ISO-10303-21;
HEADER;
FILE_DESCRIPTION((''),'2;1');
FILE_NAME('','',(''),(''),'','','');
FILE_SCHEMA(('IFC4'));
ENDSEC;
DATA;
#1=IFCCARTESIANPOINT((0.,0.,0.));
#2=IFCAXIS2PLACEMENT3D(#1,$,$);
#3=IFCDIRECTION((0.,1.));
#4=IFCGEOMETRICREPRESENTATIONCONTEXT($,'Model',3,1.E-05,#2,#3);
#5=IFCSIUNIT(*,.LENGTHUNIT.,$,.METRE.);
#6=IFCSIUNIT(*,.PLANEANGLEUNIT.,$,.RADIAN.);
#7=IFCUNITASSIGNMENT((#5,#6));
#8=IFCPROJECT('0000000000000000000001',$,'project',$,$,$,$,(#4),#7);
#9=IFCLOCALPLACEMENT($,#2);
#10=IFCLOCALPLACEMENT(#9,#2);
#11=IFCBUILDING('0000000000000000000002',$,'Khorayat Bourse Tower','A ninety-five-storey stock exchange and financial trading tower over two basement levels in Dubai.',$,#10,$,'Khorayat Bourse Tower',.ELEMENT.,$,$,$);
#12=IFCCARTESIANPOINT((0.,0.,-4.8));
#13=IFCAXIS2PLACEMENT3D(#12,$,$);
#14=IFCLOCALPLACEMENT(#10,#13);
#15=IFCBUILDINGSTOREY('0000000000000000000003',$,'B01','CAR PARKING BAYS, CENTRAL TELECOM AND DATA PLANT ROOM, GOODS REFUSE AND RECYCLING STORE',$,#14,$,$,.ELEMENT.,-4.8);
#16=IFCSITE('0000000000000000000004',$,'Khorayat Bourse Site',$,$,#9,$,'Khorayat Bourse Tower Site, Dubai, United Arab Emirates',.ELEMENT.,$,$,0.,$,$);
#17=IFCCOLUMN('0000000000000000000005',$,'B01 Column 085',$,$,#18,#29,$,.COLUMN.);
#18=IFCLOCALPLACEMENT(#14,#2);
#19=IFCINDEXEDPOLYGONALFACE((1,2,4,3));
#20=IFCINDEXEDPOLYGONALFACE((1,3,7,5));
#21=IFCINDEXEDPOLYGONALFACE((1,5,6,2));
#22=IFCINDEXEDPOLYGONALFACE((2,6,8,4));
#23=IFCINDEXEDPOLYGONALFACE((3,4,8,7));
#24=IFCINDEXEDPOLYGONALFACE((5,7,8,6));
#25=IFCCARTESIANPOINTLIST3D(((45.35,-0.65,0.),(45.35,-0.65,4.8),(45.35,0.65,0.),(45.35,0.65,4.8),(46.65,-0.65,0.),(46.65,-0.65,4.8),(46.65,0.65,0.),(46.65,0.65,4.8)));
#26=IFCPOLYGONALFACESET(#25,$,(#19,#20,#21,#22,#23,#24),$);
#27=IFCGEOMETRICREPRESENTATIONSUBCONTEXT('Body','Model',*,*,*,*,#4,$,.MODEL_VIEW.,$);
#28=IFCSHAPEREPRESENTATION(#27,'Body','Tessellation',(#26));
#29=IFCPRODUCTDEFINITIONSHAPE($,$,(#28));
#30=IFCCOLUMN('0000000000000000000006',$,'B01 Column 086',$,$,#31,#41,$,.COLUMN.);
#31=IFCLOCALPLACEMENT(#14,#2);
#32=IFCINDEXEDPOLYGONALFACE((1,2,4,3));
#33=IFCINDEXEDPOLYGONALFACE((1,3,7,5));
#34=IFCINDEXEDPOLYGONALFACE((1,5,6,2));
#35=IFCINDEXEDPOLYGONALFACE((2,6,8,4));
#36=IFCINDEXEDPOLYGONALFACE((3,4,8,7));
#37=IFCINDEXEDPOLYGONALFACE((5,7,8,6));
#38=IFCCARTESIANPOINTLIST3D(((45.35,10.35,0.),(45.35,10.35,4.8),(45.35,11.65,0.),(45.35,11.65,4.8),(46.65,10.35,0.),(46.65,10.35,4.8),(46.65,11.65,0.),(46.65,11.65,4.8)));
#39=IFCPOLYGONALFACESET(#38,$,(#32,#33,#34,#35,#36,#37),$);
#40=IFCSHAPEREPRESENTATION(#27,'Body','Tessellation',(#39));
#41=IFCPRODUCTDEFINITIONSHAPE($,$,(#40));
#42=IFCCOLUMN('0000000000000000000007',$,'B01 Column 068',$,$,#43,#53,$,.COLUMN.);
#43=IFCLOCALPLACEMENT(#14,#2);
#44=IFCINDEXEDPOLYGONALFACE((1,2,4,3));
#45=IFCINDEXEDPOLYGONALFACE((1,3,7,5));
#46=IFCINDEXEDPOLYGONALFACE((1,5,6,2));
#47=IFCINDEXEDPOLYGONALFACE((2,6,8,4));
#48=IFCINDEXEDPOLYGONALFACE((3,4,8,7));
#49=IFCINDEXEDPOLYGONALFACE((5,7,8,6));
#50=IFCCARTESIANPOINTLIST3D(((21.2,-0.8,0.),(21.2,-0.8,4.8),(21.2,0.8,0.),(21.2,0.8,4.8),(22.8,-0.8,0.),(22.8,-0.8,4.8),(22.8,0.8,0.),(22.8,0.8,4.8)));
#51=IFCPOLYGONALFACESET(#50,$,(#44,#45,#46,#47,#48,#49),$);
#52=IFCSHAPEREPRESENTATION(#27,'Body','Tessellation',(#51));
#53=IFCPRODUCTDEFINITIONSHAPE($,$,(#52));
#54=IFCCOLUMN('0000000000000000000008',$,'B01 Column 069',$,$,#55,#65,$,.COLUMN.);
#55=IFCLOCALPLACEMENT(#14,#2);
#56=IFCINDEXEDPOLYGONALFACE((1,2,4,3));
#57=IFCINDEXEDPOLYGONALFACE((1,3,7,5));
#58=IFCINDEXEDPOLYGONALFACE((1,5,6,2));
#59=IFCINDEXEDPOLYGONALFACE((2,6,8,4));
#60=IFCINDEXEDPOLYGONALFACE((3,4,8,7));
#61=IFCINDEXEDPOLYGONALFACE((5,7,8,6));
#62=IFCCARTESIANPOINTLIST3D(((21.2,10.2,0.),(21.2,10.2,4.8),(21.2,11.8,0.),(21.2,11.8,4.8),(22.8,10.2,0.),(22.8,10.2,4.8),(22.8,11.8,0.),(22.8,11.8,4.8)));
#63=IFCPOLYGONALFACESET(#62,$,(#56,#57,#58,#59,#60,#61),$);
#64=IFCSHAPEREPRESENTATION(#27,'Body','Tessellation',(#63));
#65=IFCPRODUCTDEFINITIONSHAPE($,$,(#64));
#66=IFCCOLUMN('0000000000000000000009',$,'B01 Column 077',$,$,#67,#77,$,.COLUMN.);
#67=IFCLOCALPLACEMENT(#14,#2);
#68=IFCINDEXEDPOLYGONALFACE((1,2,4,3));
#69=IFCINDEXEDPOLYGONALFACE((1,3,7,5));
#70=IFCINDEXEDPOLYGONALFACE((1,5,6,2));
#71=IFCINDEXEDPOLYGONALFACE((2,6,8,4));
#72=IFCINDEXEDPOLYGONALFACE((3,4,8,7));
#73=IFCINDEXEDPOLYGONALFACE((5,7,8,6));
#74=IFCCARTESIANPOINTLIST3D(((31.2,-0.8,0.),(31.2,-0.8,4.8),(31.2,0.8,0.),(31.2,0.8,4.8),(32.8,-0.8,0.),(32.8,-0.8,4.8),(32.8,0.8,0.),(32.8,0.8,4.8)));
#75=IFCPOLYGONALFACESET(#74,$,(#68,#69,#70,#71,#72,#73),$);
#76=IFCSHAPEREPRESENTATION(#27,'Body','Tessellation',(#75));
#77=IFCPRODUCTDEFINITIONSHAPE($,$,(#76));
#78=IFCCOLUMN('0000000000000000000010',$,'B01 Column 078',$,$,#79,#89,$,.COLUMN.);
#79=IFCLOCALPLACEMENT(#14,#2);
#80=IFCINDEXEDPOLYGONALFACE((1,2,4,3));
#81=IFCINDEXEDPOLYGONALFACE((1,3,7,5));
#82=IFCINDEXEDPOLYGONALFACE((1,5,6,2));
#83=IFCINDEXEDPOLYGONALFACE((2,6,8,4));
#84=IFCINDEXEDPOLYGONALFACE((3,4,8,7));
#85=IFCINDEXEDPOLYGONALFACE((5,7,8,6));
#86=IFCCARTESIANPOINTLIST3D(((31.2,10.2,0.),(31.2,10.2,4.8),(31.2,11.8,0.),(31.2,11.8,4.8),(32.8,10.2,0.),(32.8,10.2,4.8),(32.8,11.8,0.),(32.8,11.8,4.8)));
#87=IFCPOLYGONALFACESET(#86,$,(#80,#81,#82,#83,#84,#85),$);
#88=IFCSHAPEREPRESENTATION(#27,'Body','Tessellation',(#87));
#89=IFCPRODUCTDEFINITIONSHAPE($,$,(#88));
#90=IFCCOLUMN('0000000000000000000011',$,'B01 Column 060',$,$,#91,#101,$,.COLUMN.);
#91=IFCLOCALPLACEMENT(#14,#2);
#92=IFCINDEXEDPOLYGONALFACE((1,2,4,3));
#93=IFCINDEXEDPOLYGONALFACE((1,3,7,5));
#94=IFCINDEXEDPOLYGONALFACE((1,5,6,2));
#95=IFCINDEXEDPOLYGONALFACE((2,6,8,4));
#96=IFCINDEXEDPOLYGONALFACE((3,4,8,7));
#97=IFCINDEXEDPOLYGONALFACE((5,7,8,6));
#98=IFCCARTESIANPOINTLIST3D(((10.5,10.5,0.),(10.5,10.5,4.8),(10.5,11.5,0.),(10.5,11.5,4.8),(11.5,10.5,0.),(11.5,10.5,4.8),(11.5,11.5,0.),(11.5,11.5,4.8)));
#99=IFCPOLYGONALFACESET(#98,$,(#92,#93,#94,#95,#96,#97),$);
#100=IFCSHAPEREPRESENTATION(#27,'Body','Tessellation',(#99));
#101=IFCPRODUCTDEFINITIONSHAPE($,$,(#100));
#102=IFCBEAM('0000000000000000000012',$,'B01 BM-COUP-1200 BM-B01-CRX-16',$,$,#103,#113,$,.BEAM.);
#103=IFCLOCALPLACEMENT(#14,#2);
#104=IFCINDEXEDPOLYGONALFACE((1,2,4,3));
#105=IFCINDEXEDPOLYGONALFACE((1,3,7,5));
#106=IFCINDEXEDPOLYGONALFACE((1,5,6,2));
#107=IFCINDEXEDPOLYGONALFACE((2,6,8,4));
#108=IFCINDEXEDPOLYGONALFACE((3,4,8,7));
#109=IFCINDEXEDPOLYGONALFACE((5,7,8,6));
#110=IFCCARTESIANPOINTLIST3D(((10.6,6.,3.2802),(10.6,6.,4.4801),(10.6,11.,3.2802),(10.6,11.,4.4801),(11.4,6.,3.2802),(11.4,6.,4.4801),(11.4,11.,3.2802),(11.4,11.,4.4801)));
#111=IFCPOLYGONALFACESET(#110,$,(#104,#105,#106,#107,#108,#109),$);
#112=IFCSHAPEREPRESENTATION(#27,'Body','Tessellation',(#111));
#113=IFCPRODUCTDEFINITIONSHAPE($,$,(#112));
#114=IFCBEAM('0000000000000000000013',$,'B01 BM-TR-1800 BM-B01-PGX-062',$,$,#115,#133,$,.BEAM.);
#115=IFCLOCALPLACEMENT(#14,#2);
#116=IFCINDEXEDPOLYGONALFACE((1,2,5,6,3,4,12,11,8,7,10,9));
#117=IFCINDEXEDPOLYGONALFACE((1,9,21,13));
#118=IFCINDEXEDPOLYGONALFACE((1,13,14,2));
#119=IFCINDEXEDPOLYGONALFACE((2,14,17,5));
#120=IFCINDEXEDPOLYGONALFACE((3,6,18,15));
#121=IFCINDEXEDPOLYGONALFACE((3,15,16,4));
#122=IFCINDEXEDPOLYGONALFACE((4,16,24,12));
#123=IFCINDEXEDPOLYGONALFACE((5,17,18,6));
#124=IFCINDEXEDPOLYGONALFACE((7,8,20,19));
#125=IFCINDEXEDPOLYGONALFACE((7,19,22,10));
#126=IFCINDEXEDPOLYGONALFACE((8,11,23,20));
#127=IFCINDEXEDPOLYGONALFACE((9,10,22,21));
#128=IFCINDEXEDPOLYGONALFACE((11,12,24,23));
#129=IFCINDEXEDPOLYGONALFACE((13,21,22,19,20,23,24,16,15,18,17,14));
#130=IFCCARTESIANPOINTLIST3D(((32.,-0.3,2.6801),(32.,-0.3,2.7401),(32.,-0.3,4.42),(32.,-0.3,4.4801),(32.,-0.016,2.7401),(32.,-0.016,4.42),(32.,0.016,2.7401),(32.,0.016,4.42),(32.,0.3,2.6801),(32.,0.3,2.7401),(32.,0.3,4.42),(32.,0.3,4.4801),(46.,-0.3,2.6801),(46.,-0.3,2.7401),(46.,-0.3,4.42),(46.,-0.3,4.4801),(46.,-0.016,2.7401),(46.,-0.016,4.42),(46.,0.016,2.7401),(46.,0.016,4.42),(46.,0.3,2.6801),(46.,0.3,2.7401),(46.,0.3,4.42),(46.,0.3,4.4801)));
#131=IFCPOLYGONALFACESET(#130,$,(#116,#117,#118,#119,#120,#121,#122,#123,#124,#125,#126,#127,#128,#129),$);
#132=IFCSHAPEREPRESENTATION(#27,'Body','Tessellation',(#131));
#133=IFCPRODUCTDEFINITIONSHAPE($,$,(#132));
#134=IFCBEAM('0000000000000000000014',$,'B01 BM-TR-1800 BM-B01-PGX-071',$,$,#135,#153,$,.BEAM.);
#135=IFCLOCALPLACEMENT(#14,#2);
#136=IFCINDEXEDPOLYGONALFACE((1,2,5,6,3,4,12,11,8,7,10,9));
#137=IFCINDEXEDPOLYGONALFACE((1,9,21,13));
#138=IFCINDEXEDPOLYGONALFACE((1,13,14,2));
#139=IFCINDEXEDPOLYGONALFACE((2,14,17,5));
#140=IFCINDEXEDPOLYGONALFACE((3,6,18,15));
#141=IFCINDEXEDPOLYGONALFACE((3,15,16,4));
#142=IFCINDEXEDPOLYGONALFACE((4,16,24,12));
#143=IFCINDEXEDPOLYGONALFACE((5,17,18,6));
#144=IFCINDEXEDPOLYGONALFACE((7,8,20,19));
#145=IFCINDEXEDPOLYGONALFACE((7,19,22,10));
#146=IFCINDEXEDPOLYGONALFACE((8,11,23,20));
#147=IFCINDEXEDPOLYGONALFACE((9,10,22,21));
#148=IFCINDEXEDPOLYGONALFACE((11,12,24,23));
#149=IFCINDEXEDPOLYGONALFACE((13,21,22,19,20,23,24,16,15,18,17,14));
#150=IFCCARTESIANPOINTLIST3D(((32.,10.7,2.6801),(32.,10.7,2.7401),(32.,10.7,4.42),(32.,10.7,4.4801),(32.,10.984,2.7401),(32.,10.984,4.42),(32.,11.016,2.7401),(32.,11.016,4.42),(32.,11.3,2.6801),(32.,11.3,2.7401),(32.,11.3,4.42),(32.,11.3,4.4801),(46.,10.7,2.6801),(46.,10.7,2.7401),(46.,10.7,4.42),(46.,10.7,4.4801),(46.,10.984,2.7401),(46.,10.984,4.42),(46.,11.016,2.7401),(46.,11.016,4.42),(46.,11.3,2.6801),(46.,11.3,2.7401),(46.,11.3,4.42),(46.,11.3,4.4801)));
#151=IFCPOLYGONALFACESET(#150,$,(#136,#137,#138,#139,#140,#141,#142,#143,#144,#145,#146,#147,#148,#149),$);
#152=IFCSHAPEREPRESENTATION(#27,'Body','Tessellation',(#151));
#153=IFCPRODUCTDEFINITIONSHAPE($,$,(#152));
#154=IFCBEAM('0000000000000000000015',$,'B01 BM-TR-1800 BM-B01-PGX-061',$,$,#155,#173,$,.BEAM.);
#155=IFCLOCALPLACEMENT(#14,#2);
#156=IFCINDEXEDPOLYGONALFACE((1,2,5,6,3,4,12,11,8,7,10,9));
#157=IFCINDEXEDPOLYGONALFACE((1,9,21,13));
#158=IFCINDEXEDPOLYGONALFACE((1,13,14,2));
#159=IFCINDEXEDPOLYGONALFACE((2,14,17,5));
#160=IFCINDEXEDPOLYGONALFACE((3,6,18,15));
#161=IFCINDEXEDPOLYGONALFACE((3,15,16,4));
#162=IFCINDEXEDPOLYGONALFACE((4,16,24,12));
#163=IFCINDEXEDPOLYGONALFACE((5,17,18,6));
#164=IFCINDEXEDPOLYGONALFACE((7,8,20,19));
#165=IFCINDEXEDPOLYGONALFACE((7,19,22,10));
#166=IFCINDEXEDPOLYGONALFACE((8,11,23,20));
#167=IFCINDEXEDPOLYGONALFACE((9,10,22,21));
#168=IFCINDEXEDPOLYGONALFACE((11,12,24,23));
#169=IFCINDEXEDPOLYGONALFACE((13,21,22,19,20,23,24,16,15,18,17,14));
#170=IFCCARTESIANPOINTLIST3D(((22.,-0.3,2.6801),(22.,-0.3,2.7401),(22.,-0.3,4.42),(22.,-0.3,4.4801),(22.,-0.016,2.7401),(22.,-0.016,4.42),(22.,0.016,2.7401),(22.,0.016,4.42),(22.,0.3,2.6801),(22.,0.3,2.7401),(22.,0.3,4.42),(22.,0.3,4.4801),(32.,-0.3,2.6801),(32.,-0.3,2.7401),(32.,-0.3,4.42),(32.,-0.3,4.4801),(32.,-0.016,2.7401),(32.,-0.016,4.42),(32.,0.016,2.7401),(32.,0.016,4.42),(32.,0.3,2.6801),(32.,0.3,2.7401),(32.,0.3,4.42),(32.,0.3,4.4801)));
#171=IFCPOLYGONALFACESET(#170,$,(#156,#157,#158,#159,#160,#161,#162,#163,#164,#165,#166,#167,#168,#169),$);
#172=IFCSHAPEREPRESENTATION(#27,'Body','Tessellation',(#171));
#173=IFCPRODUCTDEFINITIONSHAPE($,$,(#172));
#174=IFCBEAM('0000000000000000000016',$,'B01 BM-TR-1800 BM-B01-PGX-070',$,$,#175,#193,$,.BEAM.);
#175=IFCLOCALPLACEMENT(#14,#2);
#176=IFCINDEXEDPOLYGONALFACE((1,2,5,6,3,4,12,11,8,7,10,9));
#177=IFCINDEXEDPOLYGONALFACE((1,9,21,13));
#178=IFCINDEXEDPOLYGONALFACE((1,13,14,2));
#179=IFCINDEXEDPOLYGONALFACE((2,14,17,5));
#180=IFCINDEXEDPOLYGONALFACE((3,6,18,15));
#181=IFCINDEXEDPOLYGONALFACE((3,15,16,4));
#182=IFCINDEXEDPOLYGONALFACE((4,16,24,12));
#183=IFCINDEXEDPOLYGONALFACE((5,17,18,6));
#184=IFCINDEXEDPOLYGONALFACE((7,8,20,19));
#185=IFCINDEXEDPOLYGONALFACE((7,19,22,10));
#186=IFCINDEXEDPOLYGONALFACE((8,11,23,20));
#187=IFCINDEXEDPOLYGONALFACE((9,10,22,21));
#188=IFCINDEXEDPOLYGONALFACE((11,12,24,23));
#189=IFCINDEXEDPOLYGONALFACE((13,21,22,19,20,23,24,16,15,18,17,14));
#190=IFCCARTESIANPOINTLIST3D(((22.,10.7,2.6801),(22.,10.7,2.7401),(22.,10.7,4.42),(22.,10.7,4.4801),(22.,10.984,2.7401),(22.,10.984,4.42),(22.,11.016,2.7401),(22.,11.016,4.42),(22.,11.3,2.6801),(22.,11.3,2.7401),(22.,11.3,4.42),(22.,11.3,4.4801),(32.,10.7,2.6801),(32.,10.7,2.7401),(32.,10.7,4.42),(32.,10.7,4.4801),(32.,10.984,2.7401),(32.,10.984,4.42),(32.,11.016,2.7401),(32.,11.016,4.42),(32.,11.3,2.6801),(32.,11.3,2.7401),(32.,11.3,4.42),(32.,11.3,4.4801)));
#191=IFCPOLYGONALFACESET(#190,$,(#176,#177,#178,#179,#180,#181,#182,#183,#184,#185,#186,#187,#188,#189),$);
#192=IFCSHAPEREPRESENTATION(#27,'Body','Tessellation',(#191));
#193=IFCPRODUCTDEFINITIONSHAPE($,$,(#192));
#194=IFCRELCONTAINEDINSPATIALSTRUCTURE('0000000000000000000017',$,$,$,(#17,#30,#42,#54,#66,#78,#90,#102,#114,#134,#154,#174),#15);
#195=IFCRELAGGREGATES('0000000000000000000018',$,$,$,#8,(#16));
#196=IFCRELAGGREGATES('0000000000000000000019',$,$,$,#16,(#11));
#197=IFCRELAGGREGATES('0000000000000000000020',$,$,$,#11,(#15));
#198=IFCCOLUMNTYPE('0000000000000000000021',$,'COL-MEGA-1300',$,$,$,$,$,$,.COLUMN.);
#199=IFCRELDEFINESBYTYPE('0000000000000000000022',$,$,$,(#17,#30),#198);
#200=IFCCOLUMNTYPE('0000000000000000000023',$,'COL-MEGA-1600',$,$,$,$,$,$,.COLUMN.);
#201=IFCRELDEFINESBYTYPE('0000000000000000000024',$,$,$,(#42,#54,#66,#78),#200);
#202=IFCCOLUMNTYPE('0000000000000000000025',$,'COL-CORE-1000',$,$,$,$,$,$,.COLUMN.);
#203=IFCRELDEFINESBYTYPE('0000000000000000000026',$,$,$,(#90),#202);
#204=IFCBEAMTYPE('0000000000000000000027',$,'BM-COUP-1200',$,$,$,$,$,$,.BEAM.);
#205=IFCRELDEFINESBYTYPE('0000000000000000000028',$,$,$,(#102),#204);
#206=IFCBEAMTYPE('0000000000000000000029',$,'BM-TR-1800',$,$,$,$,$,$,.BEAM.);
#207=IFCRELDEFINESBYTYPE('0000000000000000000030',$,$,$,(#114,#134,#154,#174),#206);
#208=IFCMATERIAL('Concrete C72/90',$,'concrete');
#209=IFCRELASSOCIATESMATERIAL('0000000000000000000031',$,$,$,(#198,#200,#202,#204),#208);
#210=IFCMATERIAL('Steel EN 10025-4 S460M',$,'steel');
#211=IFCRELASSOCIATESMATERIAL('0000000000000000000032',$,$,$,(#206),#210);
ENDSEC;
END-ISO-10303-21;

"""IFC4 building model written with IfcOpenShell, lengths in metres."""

from ifc_helpers import new_model, si_unit, direction, frame, origin, origin_2d, place, context, subcontext, project, spatial, rectangle, i_section, extrude, source, transform, mapped, material, material_profile, profile_set, type_object, element, save


model = new_model("IFC4")

# Units and contexts
model_context = context("Model", 3, precision=1e-05, world=origin(), true_north=direction((0.0, 1.0)))
body_context = subcontext(model_context, "Body", "Model", "MODEL_VIEW")
ifc_project = project(units=[si_unit("LENGTHUNIT", "METRE"), si_unit("PLANEANGLEUNIT", "RADIAN")], contexts=[model_context])

# Site, building, storey
site_placement = place(None, origin())
site = spatial("IfcSite", under=ifc_project, at=site_placement, Name="Khorayat Bourse Site", LongName="Khorayat Bourse Tower Site, Dubai, United Arab Emirates", CompositionType="ELEMENT", RefElevation=0.0)
building_placement = place(site_placement, origin())
building = spatial("IfcBuilding", under=site, at=building_placement, Name="Khorayat Bourse Tower", Description="A ninety-five-storey stock exchange and financial trading tower over two basement levels in Dubai.", LongName="Khorayat Bourse Tower", CompositionType="ELEMENT")
storey_placement = place(building_placement, frame((0.0, 0.0, -4.8)))
storey = spatial("IfcBuildingStorey", under=building, at=storey_placement, Name="B01", Description="CAR PARKING BAYS, CENTRAL TELECOM AND DATA PLANT ROOM, GOODS REFUSE AND RECYCLING STORE", CompositionType="ELEMENT", Elevation=-4.8)

# Columns
ifc_material_1 = material(Name="Concrete C72/90", Category="concrete")
ifc_material_profile_1 = material_profile(ifc_material_1, rectangle(XDim=1.3, YDim=1.3, at=origin_2d()), Name="RC 1300x1300")
ifc_profile_set_1 = profile_set([ifc_material_profile_1], Name="Concrete C72/90")
column_type_1 = type_object("IfcColumnType", Name="COL-MEGA-1300", PredefinedType="COLUMN", material=ifc_profile_set_1)
shared_shape_1 = source(origin(), body_context, "Body", "SweptSolid", [
    extrude(rectangle(XDim=1.3, YDim=1.3, at=origin_2d()), origin(), (0.0, 0.0, 1.0), 4.8),
])
for number, where, z_axis, x_axis, name in (
    (1, (46.0, 0.0, 0.0), (0.0, 0.0, 1.0), (1.0, 0.0, 0.0), "B01 Column 085"),
    (2, (46.0, 11.0, 0.0), (0.0, 0.0, 1.0), (1.0, 0.0, 0.0), "B01 Column 086"),
):
    element("IfcColumn", number, at=place(storey_placement, frame(where, z_axis=z_axis, x_axis=x_axis)), inside=storey, type_object=column_type_1, Name=name, PredefinedType="COLUMN", context=body_context, shape_type="MappedRepresentation", body=[
        mapped(shared_shape_1, transform((0.0, 0.0, 0.0), scale=1.0)),
    ])
ifc_material_profile_2 = material_profile(ifc_material_1, rectangle(XDim=1.6001, YDim=1.6001, at=origin_2d()), Name="RC 1600x1600")
ifc_profile_set_2 = profile_set([ifc_material_profile_2], Name="Concrete C72/90")
column_type_2 = type_object("IfcColumnType", Name="COL-MEGA-1600", PredefinedType="COLUMN", material=ifc_profile_set_2)
shared_shape_2 = source(origin(), body_context, "Body", "SweptSolid", [
    extrude(rectangle(XDim=1.6001, YDim=1.6001, at=origin_2d()), origin(), (0.0, 0.0, 1.0), 4.8),
])
for number, where, z_axis, x_axis, name in (
    (3, (22.0, 0.0, 0.0), (0.0, 0.0, 1.0), (1.0, 0.0, 0.0), "B01 Column 068"),
    (4, (22.0, 11.0, 0.0), (0.0, 0.0, 1.0), (1.0, 0.0, 0.0), "B01 Column 069"),
    (5, (32.0, 0.0, 0.0), (0.0, 0.0, 1.0), (1.0, 0.0, 0.0), "B01 Column 077"),
    (6, (32.0, 11.0, 0.0), (0.0, 0.0, 1.0), (1.0, 0.0, 0.0), "B01 Column 078"),
):
    element("IfcColumn", number, at=place(storey_placement, frame(where, z_axis=z_axis, x_axis=x_axis)), inside=storey, type_object=column_type_2, Name=name, PredefinedType="COLUMN", context=body_context, shape_type="MappedRepresentation", body=[
        mapped(shared_shape_2, transform((0.0, 0.0, 0.0), scale=1.0)),
    ])
ifc_material_profile_3 = material_profile(ifc_material_1, rectangle(XDim=1.0, YDim=1.0, at=origin_2d()), Name="RC 1000x1000")
ifc_profile_set_3 = profile_set([ifc_material_profile_3], Name="Concrete C72/90")
column_type_3 = type_object("IfcColumnType", Name="COL-CORE-1000", PredefinedType="COLUMN", material=ifc_profile_set_3)
shared_shape_3 = source(origin(), body_context, "Body", "SweptSolid", [
    extrude(rectangle(XDim=1.0, YDim=1.0, at=origin_2d()), origin(), (0.0, 0.0, 1.0), 4.8),
])
column_placement = place(storey_placement, frame((11.0, 11.0, 0.0), z_axis=(0.0, 0.0, 1.0), x_axis=(1.0, 0.0, 0.0)))
element("IfcColumn", 7, at=column_placement, inside=storey, type_object=column_type_3, Name="B01 Column 060", PredefinedType="COLUMN", context=body_context, shape_type="MappedRepresentation", body=[
    mapped(shared_shape_3, transform((0.0, 0.0, 0.0), scale=1.0)),
])

# Beams
ifc_material_profile_4 = material_profile(ifc_material_1, rectangle(XDim=0.8, YDim=1.2, at=origin_2d()), Name="RC 800x1200")
ifc_profile_set_4 = profile_set([ifc_material_profile_4], Name="Concrete C72/90")
beam_type_1 = type_object("IfcBeamType", Name="BM-COUP-1200", PredefinedType="BEAM", material=ifc_profile_set_4)
shared_shape_4 = source(origin(), body_context, "Body", "SweptSolid", [
    extrude(rectangle(XDim=0.8, YDim=1.2, at=origin_2d()), origin(), (0.0, 0.0, 1.0), 5.0),
])
beam_1_placement = place(storey_placement, frame((11.0, 6.0, 3.8801), z_axis=(0.0, 1.0, 0.0), x_axis=(-1.0, 0.0, 0.0)))
element("IfcBeam", 8, at=beam_1_placement, inside=storey, type_object=beam_type_1, Name="B01 BM-COUP-1200 BM-B01-CRX-16", PredefinedType="BEAM", context=body_context, shape_type="MappedRepresentation", body=[
    mapped(shared_shape_4, transform((0.0, 0.0, 0.0), scale=1.0)),
])
ifc_material_2 = material(Name="Steel EN 10025-4 S460M", Category="steel")
ifc_material_profile_5 = material_profile(ifc_material_2, i_section(OverallWidth=0.6001, OverallDepth=1.8, WebThickness=0.032, FlangeThickness=0.0601, at=origin_2d()), Name="PG 1800x600x32x60")
ifc_profile_set_5 = profile_set([ifc_material_profile_5], Name="Steel EN 10025-4 S460M")
beam_type_2 = type_object("IfcBeamType", Name="BM-TR-1800", PredefinedType="BEAM", material=ifc_profile_set_5)
shared_shape_5 = source(origin(), body_context, "Body", "SweptSolid", [
    extrude(i_section(OverallWidth=0.6001, OverallDepth=1.8, WebThickness=0.032, FlangeThickness=0.0601, at=origin_2d()), origin(), (0.0, 0.0, 1.0), 14.0),
])
for number, where, z_axis, x_axis, name in (
    (9, (32.0, 0.0, 3.5801), (1.0, 0.0, 0.0), (0.0, 1.0, 0.0), "B01 BM-TR-1800 BM-B01-PGX-062"),
    (10, (32.0, 11.0, 3.5801), (1.0, 0.0, 0.0), (0.0, 1.0, 0.0), "B01 BM-TR-1800 BM-B01-PGX-071"),
):
    element("IfcBeam", number, at=place(storey_placement, frame(where, z_axis=z_axis, x_axis=x_axis)), inside=storey, type_object=beam_type_2, Name=name, PredefinedType="BEAM", context=body_context, shape_type="MappedRepresentation", body=[
        mapped(shared_shape_5, transform((0.0, 0.0, 0.0), scale=1.0)),
    ])
shared_shape_6 = source(origin(), body_context, "Body", "SweptSolid", [
    extrude(i_section(OverallWidth=0.6001, OverallDepth=1.8, WebThickness=0.032, FlangeThickness=0.0601, at=origin_2d()), origin(), (0.0, 0.0, 1.0), 10.0),
])
for number, where, z_axis, x_axis, name in (
    (11, (22.0, 0.0, 3.5801), (1.0, 0.0, 0.0), (0.0, 1.0, 0.0), "B01 BM-TR-1800 BM-B01-PGX-061"),
    (12, (22.0, 11.0, 3.5801), (1.0, 0.0, 0.0), (0.0, 1.0, 0.0), "B01 BM-TR-1800 BM-B01-PGX-070"),
):
    element("IfcBeam", number, at=place(storey_placement, frame(where, z_axis=z_axis, x_axis=x_axis)), inside=storey, type_object=beam_type_2, Name=name, PredefinedType="BEAM", context=body_context, shape_type="MappedRepresentation", body=[
        mapped(shared_shape_6, transform((0.0, 0.0, 0.0), scale=1.0)),
    ])

save(model, "model.ifc")
